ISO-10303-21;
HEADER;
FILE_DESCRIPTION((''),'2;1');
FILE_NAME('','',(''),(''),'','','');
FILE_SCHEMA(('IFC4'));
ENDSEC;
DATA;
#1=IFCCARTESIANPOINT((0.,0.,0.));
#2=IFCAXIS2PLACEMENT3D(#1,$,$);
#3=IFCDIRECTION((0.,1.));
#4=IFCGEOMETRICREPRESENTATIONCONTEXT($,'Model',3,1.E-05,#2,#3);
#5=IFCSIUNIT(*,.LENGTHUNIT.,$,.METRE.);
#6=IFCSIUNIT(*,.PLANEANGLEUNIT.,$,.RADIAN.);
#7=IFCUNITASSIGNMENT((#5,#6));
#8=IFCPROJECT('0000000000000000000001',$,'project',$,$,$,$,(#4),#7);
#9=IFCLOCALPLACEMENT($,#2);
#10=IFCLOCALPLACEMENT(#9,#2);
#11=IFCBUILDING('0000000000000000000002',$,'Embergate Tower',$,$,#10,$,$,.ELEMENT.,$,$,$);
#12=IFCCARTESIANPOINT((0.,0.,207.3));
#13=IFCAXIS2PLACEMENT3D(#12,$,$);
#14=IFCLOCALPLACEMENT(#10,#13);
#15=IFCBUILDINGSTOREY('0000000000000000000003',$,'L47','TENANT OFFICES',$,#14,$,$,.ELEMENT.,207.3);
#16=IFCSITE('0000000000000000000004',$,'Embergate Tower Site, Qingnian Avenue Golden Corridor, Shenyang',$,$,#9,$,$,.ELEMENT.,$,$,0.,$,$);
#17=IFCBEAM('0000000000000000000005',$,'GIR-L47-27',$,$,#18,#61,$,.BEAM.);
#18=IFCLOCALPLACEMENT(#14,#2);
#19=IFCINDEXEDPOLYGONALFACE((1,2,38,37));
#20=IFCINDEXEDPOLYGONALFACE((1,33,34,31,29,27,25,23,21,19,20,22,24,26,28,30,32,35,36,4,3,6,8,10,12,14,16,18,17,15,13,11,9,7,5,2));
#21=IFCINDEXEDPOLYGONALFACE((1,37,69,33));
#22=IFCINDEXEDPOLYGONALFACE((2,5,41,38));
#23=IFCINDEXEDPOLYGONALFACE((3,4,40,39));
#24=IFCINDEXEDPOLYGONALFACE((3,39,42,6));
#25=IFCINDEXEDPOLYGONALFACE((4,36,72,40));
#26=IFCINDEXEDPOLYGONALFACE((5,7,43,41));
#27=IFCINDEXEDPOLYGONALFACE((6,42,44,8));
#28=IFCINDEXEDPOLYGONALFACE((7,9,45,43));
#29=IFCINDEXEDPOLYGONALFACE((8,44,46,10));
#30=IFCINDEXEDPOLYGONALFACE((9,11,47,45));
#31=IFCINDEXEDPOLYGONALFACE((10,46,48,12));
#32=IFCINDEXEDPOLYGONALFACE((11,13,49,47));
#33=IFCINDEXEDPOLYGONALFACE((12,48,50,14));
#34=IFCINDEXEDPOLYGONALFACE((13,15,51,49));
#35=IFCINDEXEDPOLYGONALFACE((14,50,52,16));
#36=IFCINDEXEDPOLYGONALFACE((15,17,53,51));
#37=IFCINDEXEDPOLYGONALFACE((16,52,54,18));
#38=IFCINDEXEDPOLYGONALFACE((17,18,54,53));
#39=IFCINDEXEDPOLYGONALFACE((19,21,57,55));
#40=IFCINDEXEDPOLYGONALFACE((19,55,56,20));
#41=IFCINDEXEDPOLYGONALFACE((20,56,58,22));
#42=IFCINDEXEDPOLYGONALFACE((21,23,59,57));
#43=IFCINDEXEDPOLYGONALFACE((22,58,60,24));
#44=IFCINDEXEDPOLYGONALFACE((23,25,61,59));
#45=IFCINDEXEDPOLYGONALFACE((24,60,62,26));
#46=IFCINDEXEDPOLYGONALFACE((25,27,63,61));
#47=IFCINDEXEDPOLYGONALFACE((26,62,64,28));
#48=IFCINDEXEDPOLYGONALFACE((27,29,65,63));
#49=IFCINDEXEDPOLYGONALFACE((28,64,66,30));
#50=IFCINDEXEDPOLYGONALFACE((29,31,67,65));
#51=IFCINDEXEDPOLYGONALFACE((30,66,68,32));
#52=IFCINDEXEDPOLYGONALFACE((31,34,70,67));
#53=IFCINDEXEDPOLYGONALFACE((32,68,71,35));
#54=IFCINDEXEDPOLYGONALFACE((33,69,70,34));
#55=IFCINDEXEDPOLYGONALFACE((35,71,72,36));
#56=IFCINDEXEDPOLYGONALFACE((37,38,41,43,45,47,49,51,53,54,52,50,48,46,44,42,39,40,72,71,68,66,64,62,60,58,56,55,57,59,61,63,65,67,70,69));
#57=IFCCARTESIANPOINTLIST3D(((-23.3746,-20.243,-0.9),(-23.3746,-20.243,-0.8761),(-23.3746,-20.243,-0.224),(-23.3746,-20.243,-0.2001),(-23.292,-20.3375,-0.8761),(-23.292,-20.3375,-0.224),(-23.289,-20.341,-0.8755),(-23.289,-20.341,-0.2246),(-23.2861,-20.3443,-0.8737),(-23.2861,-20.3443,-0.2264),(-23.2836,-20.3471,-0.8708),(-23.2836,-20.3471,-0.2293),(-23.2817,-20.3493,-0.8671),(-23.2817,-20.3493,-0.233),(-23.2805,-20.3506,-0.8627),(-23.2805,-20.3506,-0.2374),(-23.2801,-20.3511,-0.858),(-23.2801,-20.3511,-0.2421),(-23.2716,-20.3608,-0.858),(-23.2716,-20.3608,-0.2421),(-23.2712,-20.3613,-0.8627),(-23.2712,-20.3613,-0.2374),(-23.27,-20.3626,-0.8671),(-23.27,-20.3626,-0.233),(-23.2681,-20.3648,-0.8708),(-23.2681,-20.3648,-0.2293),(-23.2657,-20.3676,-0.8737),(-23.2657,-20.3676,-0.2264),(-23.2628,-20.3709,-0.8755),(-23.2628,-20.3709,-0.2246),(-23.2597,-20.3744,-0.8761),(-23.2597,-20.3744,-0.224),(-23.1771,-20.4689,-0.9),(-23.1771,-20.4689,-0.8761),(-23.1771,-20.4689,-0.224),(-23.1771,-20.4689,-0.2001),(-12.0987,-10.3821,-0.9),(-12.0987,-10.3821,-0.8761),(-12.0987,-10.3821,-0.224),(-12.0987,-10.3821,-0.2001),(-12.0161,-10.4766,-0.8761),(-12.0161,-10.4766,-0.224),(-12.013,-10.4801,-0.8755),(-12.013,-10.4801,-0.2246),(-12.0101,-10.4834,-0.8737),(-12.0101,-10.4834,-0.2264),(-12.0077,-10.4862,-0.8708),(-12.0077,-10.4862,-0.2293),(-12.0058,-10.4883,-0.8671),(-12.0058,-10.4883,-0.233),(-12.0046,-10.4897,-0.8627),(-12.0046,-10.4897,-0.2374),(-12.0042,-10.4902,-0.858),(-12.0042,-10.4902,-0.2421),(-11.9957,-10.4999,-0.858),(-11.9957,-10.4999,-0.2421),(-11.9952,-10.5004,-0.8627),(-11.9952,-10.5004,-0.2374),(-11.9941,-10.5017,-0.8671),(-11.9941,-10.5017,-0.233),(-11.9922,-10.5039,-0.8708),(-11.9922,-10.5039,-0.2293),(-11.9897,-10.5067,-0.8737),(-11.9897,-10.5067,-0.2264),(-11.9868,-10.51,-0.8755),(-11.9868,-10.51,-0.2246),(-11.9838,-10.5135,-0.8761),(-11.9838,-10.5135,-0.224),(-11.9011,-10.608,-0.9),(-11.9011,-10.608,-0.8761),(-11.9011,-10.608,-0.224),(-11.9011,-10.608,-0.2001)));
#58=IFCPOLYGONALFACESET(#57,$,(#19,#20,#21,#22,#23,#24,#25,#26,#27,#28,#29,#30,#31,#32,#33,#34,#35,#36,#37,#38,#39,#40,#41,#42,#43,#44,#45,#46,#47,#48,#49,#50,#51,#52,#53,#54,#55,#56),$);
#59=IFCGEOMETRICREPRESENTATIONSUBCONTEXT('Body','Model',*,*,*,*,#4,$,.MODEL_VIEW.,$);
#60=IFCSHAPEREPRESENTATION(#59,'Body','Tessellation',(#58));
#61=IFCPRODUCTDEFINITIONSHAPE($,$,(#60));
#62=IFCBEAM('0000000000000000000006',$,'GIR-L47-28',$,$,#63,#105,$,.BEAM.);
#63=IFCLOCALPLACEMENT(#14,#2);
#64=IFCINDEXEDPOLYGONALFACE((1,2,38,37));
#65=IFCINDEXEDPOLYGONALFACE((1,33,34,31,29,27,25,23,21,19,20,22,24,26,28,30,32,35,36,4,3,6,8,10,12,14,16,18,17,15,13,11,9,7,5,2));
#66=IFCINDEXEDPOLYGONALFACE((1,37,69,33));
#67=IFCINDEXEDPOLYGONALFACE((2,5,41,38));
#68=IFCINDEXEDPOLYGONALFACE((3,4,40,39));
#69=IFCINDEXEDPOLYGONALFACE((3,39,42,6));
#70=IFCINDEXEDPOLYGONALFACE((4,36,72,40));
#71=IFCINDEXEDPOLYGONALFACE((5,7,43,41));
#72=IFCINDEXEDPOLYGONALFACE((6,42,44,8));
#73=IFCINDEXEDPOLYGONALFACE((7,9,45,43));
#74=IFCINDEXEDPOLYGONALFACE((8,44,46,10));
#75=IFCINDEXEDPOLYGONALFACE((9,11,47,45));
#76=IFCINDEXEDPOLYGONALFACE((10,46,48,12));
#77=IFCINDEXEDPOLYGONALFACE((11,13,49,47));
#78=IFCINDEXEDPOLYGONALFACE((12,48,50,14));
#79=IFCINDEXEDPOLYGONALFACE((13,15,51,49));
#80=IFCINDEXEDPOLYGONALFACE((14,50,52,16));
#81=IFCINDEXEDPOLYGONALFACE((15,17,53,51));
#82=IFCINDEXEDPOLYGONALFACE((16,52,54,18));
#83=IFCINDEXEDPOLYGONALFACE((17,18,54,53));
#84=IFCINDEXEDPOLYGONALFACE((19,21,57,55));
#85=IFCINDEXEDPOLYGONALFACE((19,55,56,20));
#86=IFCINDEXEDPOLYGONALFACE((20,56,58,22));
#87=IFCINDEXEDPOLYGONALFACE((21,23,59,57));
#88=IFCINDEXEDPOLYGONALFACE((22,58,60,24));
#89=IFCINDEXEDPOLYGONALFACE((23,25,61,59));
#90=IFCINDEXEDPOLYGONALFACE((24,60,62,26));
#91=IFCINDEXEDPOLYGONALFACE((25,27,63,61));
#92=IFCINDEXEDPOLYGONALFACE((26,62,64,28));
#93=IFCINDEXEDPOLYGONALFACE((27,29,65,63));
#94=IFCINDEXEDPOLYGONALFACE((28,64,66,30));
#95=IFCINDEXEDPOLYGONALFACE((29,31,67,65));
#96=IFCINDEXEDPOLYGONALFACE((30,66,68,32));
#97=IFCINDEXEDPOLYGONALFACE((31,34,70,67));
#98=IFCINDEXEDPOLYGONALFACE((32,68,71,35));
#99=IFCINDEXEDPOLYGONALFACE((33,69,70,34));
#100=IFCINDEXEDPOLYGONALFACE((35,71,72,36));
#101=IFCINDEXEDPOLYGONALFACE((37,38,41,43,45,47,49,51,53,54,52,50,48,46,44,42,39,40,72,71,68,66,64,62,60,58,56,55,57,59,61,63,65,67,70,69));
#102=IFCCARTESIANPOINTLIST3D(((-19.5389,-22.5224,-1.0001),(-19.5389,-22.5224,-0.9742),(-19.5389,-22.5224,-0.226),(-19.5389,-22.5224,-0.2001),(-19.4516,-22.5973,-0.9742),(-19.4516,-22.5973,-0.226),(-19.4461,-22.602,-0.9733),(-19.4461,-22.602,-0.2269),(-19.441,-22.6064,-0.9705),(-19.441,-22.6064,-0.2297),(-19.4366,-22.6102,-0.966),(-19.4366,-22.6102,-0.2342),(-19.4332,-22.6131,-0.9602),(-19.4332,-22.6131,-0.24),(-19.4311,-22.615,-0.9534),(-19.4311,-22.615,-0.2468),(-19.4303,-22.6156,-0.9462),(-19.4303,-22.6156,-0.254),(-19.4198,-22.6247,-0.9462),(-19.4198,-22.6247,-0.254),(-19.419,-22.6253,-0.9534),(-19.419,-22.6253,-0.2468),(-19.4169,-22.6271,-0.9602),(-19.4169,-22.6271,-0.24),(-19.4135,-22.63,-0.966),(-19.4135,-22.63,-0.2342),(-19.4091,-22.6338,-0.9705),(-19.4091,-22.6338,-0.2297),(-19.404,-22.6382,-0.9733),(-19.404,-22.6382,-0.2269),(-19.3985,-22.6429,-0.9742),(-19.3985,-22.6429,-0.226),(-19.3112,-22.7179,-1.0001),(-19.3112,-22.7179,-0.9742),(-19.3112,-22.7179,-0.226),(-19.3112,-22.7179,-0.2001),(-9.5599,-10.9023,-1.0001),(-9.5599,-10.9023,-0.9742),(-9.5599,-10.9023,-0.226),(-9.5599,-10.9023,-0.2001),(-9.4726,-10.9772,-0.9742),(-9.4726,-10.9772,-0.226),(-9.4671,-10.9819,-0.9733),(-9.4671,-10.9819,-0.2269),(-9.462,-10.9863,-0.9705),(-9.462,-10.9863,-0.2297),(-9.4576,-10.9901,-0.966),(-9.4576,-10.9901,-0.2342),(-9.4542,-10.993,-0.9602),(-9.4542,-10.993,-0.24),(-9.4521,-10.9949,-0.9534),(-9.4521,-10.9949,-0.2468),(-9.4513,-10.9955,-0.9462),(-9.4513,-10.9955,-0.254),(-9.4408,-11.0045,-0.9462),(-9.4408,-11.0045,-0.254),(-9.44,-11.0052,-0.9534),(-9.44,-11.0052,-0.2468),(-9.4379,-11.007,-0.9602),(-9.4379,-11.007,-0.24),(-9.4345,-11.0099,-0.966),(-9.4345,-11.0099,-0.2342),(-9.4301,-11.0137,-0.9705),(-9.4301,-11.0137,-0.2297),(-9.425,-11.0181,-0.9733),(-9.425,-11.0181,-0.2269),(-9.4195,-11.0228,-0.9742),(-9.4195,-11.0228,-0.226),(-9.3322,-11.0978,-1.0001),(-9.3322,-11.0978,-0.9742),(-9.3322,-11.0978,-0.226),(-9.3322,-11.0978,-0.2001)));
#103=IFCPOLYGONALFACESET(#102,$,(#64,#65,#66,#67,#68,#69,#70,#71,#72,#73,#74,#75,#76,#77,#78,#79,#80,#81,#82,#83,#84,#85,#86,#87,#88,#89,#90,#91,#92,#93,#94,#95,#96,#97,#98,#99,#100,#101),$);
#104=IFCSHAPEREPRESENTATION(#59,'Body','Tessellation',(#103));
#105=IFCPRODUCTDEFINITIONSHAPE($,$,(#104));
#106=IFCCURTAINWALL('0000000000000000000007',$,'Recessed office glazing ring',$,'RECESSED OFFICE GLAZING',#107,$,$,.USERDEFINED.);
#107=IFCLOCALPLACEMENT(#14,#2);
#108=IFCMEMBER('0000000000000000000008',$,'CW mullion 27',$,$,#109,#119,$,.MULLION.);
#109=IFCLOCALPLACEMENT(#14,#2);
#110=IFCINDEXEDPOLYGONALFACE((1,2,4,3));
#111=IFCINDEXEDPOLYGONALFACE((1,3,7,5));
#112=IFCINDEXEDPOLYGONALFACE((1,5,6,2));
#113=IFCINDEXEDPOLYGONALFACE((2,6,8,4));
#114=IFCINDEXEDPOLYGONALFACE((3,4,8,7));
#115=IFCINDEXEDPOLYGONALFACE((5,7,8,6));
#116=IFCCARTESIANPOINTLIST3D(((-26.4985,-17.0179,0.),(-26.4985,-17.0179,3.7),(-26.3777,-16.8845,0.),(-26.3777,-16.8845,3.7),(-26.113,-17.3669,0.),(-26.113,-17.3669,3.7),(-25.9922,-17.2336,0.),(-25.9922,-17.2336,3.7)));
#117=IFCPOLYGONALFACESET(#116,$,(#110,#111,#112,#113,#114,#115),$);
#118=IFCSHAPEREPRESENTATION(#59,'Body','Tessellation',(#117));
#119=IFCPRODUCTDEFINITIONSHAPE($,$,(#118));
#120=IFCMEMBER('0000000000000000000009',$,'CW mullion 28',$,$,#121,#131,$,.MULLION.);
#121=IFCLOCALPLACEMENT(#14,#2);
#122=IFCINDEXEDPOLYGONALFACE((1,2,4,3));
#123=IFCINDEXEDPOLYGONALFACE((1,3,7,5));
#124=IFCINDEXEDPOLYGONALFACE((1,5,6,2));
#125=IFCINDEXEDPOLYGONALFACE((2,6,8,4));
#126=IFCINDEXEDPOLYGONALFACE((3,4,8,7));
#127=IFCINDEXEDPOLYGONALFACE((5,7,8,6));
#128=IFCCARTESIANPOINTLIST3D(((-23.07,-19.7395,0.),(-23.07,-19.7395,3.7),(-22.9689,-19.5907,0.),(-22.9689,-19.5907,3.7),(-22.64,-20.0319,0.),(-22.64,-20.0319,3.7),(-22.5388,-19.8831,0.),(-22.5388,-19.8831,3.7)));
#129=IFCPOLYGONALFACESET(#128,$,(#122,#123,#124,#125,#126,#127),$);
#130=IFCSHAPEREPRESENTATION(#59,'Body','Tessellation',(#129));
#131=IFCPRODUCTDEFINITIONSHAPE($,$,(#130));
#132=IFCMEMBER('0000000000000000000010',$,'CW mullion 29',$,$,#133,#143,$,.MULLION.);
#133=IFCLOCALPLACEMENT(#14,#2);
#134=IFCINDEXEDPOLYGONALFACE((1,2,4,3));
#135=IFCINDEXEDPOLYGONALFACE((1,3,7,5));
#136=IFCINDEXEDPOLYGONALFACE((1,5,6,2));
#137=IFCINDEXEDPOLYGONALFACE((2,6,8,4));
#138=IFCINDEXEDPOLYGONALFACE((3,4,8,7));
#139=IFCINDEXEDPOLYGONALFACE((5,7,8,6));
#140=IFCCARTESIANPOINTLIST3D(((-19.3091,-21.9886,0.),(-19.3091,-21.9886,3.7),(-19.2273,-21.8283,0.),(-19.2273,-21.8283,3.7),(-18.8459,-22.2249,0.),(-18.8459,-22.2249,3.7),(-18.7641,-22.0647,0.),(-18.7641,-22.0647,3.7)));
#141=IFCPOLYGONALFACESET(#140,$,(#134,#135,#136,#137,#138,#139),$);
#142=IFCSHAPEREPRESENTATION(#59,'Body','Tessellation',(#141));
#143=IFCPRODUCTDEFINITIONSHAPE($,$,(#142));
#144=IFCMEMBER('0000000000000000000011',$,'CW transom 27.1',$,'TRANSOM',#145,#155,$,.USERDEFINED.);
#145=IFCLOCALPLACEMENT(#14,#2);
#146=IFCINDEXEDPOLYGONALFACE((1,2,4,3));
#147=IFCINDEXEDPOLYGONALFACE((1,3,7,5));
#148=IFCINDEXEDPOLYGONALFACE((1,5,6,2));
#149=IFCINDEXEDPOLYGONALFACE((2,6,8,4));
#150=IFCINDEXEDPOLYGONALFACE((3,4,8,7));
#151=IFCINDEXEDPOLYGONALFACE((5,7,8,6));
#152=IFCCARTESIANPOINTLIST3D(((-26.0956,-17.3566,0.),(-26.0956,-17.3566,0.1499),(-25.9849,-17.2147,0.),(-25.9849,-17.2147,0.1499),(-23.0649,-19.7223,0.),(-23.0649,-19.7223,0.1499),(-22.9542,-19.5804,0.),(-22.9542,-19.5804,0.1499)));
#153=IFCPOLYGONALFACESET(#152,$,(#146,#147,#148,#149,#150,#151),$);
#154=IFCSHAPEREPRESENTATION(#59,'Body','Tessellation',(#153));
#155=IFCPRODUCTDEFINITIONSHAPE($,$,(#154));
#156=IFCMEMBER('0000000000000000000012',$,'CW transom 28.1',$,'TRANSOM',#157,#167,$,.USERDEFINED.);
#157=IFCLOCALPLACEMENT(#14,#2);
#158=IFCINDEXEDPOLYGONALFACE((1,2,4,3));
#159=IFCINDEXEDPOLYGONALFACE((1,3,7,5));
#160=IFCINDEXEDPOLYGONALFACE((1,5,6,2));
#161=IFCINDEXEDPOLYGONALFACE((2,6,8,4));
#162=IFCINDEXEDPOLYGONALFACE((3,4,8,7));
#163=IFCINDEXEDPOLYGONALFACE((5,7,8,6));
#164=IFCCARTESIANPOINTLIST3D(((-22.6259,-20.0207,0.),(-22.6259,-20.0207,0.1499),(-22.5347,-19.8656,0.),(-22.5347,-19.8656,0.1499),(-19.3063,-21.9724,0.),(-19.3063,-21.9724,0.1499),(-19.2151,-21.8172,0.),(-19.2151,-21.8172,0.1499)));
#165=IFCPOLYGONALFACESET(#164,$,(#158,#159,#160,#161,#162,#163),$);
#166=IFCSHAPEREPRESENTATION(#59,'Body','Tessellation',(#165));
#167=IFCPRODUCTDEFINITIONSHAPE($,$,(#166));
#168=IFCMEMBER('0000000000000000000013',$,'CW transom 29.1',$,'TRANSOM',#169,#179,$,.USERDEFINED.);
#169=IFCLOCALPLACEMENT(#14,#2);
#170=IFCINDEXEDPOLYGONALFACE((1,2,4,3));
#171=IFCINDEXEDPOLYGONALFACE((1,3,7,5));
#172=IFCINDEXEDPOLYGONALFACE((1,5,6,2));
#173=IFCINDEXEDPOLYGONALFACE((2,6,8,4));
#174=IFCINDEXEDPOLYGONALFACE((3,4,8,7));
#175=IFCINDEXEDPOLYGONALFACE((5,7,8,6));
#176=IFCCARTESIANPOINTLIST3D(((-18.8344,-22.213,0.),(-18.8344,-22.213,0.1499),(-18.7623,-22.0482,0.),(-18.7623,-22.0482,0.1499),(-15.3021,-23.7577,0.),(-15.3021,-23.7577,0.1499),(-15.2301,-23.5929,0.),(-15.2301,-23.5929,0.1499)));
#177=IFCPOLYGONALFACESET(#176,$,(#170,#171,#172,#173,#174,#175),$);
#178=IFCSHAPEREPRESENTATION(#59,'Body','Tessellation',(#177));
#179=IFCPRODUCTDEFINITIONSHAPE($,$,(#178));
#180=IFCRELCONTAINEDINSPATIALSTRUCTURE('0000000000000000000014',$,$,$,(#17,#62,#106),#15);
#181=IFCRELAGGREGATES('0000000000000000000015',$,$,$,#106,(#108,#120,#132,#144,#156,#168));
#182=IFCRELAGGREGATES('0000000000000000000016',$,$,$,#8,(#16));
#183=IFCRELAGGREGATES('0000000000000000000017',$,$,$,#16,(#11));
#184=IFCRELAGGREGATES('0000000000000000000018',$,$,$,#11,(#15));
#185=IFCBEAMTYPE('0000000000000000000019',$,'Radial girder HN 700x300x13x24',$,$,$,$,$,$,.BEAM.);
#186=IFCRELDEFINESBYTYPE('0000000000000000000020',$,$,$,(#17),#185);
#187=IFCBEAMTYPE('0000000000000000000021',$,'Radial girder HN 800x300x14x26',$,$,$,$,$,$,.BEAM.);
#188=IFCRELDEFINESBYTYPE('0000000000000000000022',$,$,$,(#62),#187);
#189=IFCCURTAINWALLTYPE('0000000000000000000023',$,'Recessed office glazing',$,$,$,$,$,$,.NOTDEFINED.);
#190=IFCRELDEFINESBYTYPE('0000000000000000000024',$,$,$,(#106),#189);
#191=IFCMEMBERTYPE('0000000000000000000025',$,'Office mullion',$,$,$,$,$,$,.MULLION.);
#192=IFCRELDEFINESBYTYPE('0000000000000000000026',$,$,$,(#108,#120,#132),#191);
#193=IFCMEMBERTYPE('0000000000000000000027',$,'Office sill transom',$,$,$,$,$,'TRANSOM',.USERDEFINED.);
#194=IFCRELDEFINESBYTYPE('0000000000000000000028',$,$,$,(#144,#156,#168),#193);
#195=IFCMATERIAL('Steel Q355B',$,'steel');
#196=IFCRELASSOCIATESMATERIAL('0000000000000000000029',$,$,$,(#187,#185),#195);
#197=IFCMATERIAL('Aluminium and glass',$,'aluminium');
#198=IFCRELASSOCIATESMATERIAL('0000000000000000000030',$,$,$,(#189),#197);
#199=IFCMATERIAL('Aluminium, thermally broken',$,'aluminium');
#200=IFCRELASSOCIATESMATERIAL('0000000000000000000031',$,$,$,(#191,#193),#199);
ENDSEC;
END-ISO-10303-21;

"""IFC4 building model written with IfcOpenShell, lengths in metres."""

from ifc_helpers import new_model, si_unit, direction, frame, origin, origin_2d, place, context, subcontext, project, spatial, rectangle, i_section, extrude, source, transform, mapped, material, material_profile, profile_set, type_object, element, aggregate, save


model = new_model("IFC4")

# Units and contexts
model_context = context("Model", 3, precision=1e-05, world=origin(), true_north=direction((0.0, 1.0)))
body_context = subcontext(model_context, "Body", "Model", "MODEL_VIEW")
ifc_project = project(units=[si_unit("LENGTHUNIT", "METRE"), si_unit("PLANEANGLEUNIT", "RADIAN")], contexts=[model_context])

# Site, building, storey
site_placement = place(None, origin())
site = spatial("IfcSite", under=ifc_project, at=site_placement, Name="Embergate Tower Site, Qingnian Avenue Golden Corridor, Shenyang", CompositionType="ELEMENT", RefElevation=0.0)
building_placement = place(site_placement, origin())
building = spatial("IfcBuilding", under=site, at=building_placement, Name="Embergate Tower", CompositionType="ELEMENT")
storey_placement = place(building_placement, frame((0.0, 0.0, 207.3)))
storey = spatial("IfcBuildingStorey", under=building, at=storey_placement, Name="L47", Description="TENANT OFFICES", CompositionType="ELEMENT", Elevation=207.3)

# Beams
ifc_material_1 = material(Name="Steel Q355B", Category="steel")
ifc_material_profile_1 = material_profile(ifc_material_1, i_section(OverallWidth=0.3, OverallDepth=0.8, WebThickness=0.0139, FlangeThickness=0.0259, FilletRadius=0.0281, at=origin_2d()), Name="HN 800x300x14x26")
ifc_profile_set_1 = profile_set([ifc_material_profile_1], Name="Steel Q355 grade B")
beam_type_1 = type_object("IfcBeamType", Name="Radial girder HN 800x300x14x26", PredefinedType="BEAM", material=ifc_profile_set_1)
ifc_material_profile_2 = material_profile(ifc_material_1, i_section(OverallWidth=0.3, OverallDepth=0.7, WebThickness=0.0129, FlangeThickness=0.0239, FilletRadius=0.0181, at=origin_2d()), Name="HN 700x300x13x24")
ifc_profile_set_2 = profile_set([ifc_material_profile_2], Name="Steel Q355 grade B")
beam_type_2 = type_object("IfcBeamType", Name="Radial girder HN 700x300x13x24", PredefinedType="BEAM", material=ifc_profile_set_2)
shared_shape_1 = source(origin(), body_context, "Body", "SweptSolid", [
    extrude(i_section(OverallWidth=0.3, OverallDepth=0.7, WebThickness=0.0129, FlangeThickness=0.0239, FilletRadius=0.0181, at=origin_2d()), origin(), (0.0, 0.0, 1.0), 14.9795),
])
beam_1_placement = place(storey_placement, frame((-23.2759, -20.356, -0.55), z_axis=(0.75276, 0.658295, 0.0), x_axis=(-0.658295, 0.75276, 0.0)))
element("IfcBeam", 1, at=beam_1_placement, inside=storey, type_object=beam_type_2, Name="GIR-L47-27", PredefinedType="BEAM", context=body_context, shape_type="MappedRepresentation", body=[
    mapped(shared_shape_1, transform((0.0, 0.0, 0.0))),
])
shared_shape_2 = source(origin(), body_context, "Body", "SweptSolid", [
    extrude(i_section(OverallWidth=0.3, OverallDepth=0.8, WebThickness=0.0139, FlangeThickness=0.0259, FilletRadius=0.0281, at=origin_2d()), origin(), (0.0, 0.0, 1.0), 15.3169),
])
beam_2_placement = place(storey_placement, frame((-19.425, -22.6201, -0.6001), z_axis=(0.651503, 0.758646, 0.0), x_axis=(-0.758646, 0.651503, 0.0)))
element("IfcBeam", 2, at=beam_2_placement, inside=storey, type_object=beam_type_1, Name="GIR-L47-28", PredefinedType="BEAM", context=body_context, shape_type="MappedRepresentation", body=[
    mapped(shared_shape_2, transform((0.0, 0.0, 0.0))),
])

# Curtain wall, members
ifc_material_2 = material(Name="Aluminium and glass", Category="aluminium")
curtain_wall_type = type_object("IfcCurtainWallType", Name="Recessed office glazing", PredefinedType="NOTDEFINED", material=ifc_material_2)
curtain_wall_placement = place(storey_placement, origin())
curtain_wall = element("IfcCurtainWall", 3, at=curtain_wall_placement, inside=storey, type_object=curtain_wall_type, Name="Recessed office glazing ring", ObjectType="RECESSED OFFICE GLAZING", PredefinedType="USERDEFINED")
ifc_material_3 = material(Name="Aluminium, thermally broken", Category="aluminium")
ifc_material_profile_3 = material_profile(ifc_material_3, rectangle(XDim=0.1799, YDim=0.52, at=origin_2d()), Name="AL 520x180")
ifc_profile_set_3 = profile_set([ifc_material_profile_3], Name="Aluminium, thermally broken")
member_type_1 = type_object("IfcMemberType", Name="Office mullion", PredefinedType="MULLION", material=ifc_profile_set_3)
shared_shape_3 = source(origin(), body_context, "Body", "SweptSolid", [
    extrude(rectangle(XDim=0.1799, YDim=0.52, at=origin_2d()), origin(), (0.0, 0.0, 1.0), 3.7),
])
member_1_placement = place(storey_placement, frame((-26.2454, -17.1257, 0.0), z_axis=(0.0, 0.0, 1.0), x_axis=(0.67123, 0.741249, 0.0)))
member_1 = element("IfcMember", 4, at=member_1_placement, type_object=member_type_1, Name="CW mullion 27", PredefinedType="MULLION", context=body_context, shape_type="MappedRepresentation", body=[
    mapped(shared_shape_3, transform((0.0, 0.0, 0.0))),
])
member_2_placement = place(storey_placement, frame((-22.8044, -19.8113, 0.0), z_axis=(0.0, 0.0, 1.0), x_axis=(0.562221, 0.826987, 0.0)))
member_2 = element("IfcMember", 5, at=member_2_placement, type_object=member_type_1, Name="CW mullion 28", PredefinedType="MULLION", context=body_context, shape_type="MappedRepresentation", body=[
    mapped(shared_shape_3, transform((0.0, 0.0, 0.0))),
])
member_3_placement = place(storey_placement, frame((-19.0366, -22.0266, 0.0), z_axis=(0.0, 0.0, 1.0), x_axis=(0.454514, 0.890739, 0.0)))
member_3 = element("IfcMember", 6, at=member_3_placement, type_object=member_type_1, Name="CW mullion 29", PredefinedType="MULLION", context=body_context, shape_type="MappedRepresentation", body=[
    mapped(shared_shape_3, transform((0.0, 0.0, 0.0))),
])
ifc_material_profile_4 = material_profile(ifc_material_3, rectangle(XDim=0.1799, YDim=0.1499, at=origin_2d()), Name="AL 150x180")
ifc_profile_set_4 = profile_set([ifc_material_profile_4], Name="Aluminium, thermally broken")
member_type_2 = type_object("IfcMemberType", Name="Office sill transom", ElementType="TRANSOM", PredefinedType="USERDEFINED", material=ifc_profile_set_4)
shared_shape_4 = source(origin(), body_context, "Body", "SweptSolid", [
    extrude(rectangle(XDim=0.1799, YDim=0.1499, at=origin_2d()), origin(), (0.0, 0.0, 1.0), 3.8447),
])
member_4_placement = place(storey_placement, frame((-26.0403, -17.2856, 0.075), z_axis=(0.788284, -0.615311, 0.0), x_axis=(0.615311, 0.788284, 0.0)))
member_4 = element("IfcMember", 7, at=member_4_placement, type_object=member_type_2, Name="CW transom 27.1", ObjectType="TRANSOM", PredefinedType="USERDEFINED", context=body_context, shape_type="MappedRepresentation", body=[
    mapped(shared_shape_4, transform((0.0, 0.0, 0.0))),
])
shared_shape_5 = source(origin(), body_context, "Body", "SweptSolid", [
    extrude(rectangle(XDim=0.1799, YDim=0.1499, at=origin_2d()), origin(), (0.0, 0.0, 1.0), 3.8508),
])
member_5_placement = place(storey_placement, frame((-22.5803, -19.9431, 0.075), z_axis=(0.862052, -0.506821, 0.0), x_axis=(0.506821, 0.862052, 0.0)))
member_5 = element("IfcMember", 8, at=member_5_placement, type_object=member_type_2, Name="CW transom 28.1", ObjectType="TRANSOM", PredefinedType="USERDEFINED", context=body_context, shape_type="MappedRepresentation", body=[
    mapped(shared_shape_5, transform((0.0, 0.0, 0.0))),
])
shared_shape_6 = source(origin(), body_context, "Body", "SweptSolid", [
    extrude(rectangle(XDim=0.1799, YDim=0.1499, at=origin_2d()), origin(), (0.0, 0.0, 1.0), 3.8552),
])
member_6_placement = place(storey_placement, frame((-18.7983, -22.1306, 0.075), z_axis=(0.916221, -0.400673, 0.0), x_axis=(0.400673, 0.916221, 0.0)))
member_6 = element("IfcMember", 9, at=member_6_placement, type_object=member_type_2, Name="CW transom 29.1", ObjectType="TRANSOM", PredefinedType="USERDEFINED", context=body_context, shape_type="MappedRepresentation", body=[
    mapped(shared_shape_6, transform((0.0, 0.0, 0.0))),
])
aggregate(curtain_wall, [member_1, member_2, member_3, member_4, member_5, member_6])

save(model, "model.ifc")
